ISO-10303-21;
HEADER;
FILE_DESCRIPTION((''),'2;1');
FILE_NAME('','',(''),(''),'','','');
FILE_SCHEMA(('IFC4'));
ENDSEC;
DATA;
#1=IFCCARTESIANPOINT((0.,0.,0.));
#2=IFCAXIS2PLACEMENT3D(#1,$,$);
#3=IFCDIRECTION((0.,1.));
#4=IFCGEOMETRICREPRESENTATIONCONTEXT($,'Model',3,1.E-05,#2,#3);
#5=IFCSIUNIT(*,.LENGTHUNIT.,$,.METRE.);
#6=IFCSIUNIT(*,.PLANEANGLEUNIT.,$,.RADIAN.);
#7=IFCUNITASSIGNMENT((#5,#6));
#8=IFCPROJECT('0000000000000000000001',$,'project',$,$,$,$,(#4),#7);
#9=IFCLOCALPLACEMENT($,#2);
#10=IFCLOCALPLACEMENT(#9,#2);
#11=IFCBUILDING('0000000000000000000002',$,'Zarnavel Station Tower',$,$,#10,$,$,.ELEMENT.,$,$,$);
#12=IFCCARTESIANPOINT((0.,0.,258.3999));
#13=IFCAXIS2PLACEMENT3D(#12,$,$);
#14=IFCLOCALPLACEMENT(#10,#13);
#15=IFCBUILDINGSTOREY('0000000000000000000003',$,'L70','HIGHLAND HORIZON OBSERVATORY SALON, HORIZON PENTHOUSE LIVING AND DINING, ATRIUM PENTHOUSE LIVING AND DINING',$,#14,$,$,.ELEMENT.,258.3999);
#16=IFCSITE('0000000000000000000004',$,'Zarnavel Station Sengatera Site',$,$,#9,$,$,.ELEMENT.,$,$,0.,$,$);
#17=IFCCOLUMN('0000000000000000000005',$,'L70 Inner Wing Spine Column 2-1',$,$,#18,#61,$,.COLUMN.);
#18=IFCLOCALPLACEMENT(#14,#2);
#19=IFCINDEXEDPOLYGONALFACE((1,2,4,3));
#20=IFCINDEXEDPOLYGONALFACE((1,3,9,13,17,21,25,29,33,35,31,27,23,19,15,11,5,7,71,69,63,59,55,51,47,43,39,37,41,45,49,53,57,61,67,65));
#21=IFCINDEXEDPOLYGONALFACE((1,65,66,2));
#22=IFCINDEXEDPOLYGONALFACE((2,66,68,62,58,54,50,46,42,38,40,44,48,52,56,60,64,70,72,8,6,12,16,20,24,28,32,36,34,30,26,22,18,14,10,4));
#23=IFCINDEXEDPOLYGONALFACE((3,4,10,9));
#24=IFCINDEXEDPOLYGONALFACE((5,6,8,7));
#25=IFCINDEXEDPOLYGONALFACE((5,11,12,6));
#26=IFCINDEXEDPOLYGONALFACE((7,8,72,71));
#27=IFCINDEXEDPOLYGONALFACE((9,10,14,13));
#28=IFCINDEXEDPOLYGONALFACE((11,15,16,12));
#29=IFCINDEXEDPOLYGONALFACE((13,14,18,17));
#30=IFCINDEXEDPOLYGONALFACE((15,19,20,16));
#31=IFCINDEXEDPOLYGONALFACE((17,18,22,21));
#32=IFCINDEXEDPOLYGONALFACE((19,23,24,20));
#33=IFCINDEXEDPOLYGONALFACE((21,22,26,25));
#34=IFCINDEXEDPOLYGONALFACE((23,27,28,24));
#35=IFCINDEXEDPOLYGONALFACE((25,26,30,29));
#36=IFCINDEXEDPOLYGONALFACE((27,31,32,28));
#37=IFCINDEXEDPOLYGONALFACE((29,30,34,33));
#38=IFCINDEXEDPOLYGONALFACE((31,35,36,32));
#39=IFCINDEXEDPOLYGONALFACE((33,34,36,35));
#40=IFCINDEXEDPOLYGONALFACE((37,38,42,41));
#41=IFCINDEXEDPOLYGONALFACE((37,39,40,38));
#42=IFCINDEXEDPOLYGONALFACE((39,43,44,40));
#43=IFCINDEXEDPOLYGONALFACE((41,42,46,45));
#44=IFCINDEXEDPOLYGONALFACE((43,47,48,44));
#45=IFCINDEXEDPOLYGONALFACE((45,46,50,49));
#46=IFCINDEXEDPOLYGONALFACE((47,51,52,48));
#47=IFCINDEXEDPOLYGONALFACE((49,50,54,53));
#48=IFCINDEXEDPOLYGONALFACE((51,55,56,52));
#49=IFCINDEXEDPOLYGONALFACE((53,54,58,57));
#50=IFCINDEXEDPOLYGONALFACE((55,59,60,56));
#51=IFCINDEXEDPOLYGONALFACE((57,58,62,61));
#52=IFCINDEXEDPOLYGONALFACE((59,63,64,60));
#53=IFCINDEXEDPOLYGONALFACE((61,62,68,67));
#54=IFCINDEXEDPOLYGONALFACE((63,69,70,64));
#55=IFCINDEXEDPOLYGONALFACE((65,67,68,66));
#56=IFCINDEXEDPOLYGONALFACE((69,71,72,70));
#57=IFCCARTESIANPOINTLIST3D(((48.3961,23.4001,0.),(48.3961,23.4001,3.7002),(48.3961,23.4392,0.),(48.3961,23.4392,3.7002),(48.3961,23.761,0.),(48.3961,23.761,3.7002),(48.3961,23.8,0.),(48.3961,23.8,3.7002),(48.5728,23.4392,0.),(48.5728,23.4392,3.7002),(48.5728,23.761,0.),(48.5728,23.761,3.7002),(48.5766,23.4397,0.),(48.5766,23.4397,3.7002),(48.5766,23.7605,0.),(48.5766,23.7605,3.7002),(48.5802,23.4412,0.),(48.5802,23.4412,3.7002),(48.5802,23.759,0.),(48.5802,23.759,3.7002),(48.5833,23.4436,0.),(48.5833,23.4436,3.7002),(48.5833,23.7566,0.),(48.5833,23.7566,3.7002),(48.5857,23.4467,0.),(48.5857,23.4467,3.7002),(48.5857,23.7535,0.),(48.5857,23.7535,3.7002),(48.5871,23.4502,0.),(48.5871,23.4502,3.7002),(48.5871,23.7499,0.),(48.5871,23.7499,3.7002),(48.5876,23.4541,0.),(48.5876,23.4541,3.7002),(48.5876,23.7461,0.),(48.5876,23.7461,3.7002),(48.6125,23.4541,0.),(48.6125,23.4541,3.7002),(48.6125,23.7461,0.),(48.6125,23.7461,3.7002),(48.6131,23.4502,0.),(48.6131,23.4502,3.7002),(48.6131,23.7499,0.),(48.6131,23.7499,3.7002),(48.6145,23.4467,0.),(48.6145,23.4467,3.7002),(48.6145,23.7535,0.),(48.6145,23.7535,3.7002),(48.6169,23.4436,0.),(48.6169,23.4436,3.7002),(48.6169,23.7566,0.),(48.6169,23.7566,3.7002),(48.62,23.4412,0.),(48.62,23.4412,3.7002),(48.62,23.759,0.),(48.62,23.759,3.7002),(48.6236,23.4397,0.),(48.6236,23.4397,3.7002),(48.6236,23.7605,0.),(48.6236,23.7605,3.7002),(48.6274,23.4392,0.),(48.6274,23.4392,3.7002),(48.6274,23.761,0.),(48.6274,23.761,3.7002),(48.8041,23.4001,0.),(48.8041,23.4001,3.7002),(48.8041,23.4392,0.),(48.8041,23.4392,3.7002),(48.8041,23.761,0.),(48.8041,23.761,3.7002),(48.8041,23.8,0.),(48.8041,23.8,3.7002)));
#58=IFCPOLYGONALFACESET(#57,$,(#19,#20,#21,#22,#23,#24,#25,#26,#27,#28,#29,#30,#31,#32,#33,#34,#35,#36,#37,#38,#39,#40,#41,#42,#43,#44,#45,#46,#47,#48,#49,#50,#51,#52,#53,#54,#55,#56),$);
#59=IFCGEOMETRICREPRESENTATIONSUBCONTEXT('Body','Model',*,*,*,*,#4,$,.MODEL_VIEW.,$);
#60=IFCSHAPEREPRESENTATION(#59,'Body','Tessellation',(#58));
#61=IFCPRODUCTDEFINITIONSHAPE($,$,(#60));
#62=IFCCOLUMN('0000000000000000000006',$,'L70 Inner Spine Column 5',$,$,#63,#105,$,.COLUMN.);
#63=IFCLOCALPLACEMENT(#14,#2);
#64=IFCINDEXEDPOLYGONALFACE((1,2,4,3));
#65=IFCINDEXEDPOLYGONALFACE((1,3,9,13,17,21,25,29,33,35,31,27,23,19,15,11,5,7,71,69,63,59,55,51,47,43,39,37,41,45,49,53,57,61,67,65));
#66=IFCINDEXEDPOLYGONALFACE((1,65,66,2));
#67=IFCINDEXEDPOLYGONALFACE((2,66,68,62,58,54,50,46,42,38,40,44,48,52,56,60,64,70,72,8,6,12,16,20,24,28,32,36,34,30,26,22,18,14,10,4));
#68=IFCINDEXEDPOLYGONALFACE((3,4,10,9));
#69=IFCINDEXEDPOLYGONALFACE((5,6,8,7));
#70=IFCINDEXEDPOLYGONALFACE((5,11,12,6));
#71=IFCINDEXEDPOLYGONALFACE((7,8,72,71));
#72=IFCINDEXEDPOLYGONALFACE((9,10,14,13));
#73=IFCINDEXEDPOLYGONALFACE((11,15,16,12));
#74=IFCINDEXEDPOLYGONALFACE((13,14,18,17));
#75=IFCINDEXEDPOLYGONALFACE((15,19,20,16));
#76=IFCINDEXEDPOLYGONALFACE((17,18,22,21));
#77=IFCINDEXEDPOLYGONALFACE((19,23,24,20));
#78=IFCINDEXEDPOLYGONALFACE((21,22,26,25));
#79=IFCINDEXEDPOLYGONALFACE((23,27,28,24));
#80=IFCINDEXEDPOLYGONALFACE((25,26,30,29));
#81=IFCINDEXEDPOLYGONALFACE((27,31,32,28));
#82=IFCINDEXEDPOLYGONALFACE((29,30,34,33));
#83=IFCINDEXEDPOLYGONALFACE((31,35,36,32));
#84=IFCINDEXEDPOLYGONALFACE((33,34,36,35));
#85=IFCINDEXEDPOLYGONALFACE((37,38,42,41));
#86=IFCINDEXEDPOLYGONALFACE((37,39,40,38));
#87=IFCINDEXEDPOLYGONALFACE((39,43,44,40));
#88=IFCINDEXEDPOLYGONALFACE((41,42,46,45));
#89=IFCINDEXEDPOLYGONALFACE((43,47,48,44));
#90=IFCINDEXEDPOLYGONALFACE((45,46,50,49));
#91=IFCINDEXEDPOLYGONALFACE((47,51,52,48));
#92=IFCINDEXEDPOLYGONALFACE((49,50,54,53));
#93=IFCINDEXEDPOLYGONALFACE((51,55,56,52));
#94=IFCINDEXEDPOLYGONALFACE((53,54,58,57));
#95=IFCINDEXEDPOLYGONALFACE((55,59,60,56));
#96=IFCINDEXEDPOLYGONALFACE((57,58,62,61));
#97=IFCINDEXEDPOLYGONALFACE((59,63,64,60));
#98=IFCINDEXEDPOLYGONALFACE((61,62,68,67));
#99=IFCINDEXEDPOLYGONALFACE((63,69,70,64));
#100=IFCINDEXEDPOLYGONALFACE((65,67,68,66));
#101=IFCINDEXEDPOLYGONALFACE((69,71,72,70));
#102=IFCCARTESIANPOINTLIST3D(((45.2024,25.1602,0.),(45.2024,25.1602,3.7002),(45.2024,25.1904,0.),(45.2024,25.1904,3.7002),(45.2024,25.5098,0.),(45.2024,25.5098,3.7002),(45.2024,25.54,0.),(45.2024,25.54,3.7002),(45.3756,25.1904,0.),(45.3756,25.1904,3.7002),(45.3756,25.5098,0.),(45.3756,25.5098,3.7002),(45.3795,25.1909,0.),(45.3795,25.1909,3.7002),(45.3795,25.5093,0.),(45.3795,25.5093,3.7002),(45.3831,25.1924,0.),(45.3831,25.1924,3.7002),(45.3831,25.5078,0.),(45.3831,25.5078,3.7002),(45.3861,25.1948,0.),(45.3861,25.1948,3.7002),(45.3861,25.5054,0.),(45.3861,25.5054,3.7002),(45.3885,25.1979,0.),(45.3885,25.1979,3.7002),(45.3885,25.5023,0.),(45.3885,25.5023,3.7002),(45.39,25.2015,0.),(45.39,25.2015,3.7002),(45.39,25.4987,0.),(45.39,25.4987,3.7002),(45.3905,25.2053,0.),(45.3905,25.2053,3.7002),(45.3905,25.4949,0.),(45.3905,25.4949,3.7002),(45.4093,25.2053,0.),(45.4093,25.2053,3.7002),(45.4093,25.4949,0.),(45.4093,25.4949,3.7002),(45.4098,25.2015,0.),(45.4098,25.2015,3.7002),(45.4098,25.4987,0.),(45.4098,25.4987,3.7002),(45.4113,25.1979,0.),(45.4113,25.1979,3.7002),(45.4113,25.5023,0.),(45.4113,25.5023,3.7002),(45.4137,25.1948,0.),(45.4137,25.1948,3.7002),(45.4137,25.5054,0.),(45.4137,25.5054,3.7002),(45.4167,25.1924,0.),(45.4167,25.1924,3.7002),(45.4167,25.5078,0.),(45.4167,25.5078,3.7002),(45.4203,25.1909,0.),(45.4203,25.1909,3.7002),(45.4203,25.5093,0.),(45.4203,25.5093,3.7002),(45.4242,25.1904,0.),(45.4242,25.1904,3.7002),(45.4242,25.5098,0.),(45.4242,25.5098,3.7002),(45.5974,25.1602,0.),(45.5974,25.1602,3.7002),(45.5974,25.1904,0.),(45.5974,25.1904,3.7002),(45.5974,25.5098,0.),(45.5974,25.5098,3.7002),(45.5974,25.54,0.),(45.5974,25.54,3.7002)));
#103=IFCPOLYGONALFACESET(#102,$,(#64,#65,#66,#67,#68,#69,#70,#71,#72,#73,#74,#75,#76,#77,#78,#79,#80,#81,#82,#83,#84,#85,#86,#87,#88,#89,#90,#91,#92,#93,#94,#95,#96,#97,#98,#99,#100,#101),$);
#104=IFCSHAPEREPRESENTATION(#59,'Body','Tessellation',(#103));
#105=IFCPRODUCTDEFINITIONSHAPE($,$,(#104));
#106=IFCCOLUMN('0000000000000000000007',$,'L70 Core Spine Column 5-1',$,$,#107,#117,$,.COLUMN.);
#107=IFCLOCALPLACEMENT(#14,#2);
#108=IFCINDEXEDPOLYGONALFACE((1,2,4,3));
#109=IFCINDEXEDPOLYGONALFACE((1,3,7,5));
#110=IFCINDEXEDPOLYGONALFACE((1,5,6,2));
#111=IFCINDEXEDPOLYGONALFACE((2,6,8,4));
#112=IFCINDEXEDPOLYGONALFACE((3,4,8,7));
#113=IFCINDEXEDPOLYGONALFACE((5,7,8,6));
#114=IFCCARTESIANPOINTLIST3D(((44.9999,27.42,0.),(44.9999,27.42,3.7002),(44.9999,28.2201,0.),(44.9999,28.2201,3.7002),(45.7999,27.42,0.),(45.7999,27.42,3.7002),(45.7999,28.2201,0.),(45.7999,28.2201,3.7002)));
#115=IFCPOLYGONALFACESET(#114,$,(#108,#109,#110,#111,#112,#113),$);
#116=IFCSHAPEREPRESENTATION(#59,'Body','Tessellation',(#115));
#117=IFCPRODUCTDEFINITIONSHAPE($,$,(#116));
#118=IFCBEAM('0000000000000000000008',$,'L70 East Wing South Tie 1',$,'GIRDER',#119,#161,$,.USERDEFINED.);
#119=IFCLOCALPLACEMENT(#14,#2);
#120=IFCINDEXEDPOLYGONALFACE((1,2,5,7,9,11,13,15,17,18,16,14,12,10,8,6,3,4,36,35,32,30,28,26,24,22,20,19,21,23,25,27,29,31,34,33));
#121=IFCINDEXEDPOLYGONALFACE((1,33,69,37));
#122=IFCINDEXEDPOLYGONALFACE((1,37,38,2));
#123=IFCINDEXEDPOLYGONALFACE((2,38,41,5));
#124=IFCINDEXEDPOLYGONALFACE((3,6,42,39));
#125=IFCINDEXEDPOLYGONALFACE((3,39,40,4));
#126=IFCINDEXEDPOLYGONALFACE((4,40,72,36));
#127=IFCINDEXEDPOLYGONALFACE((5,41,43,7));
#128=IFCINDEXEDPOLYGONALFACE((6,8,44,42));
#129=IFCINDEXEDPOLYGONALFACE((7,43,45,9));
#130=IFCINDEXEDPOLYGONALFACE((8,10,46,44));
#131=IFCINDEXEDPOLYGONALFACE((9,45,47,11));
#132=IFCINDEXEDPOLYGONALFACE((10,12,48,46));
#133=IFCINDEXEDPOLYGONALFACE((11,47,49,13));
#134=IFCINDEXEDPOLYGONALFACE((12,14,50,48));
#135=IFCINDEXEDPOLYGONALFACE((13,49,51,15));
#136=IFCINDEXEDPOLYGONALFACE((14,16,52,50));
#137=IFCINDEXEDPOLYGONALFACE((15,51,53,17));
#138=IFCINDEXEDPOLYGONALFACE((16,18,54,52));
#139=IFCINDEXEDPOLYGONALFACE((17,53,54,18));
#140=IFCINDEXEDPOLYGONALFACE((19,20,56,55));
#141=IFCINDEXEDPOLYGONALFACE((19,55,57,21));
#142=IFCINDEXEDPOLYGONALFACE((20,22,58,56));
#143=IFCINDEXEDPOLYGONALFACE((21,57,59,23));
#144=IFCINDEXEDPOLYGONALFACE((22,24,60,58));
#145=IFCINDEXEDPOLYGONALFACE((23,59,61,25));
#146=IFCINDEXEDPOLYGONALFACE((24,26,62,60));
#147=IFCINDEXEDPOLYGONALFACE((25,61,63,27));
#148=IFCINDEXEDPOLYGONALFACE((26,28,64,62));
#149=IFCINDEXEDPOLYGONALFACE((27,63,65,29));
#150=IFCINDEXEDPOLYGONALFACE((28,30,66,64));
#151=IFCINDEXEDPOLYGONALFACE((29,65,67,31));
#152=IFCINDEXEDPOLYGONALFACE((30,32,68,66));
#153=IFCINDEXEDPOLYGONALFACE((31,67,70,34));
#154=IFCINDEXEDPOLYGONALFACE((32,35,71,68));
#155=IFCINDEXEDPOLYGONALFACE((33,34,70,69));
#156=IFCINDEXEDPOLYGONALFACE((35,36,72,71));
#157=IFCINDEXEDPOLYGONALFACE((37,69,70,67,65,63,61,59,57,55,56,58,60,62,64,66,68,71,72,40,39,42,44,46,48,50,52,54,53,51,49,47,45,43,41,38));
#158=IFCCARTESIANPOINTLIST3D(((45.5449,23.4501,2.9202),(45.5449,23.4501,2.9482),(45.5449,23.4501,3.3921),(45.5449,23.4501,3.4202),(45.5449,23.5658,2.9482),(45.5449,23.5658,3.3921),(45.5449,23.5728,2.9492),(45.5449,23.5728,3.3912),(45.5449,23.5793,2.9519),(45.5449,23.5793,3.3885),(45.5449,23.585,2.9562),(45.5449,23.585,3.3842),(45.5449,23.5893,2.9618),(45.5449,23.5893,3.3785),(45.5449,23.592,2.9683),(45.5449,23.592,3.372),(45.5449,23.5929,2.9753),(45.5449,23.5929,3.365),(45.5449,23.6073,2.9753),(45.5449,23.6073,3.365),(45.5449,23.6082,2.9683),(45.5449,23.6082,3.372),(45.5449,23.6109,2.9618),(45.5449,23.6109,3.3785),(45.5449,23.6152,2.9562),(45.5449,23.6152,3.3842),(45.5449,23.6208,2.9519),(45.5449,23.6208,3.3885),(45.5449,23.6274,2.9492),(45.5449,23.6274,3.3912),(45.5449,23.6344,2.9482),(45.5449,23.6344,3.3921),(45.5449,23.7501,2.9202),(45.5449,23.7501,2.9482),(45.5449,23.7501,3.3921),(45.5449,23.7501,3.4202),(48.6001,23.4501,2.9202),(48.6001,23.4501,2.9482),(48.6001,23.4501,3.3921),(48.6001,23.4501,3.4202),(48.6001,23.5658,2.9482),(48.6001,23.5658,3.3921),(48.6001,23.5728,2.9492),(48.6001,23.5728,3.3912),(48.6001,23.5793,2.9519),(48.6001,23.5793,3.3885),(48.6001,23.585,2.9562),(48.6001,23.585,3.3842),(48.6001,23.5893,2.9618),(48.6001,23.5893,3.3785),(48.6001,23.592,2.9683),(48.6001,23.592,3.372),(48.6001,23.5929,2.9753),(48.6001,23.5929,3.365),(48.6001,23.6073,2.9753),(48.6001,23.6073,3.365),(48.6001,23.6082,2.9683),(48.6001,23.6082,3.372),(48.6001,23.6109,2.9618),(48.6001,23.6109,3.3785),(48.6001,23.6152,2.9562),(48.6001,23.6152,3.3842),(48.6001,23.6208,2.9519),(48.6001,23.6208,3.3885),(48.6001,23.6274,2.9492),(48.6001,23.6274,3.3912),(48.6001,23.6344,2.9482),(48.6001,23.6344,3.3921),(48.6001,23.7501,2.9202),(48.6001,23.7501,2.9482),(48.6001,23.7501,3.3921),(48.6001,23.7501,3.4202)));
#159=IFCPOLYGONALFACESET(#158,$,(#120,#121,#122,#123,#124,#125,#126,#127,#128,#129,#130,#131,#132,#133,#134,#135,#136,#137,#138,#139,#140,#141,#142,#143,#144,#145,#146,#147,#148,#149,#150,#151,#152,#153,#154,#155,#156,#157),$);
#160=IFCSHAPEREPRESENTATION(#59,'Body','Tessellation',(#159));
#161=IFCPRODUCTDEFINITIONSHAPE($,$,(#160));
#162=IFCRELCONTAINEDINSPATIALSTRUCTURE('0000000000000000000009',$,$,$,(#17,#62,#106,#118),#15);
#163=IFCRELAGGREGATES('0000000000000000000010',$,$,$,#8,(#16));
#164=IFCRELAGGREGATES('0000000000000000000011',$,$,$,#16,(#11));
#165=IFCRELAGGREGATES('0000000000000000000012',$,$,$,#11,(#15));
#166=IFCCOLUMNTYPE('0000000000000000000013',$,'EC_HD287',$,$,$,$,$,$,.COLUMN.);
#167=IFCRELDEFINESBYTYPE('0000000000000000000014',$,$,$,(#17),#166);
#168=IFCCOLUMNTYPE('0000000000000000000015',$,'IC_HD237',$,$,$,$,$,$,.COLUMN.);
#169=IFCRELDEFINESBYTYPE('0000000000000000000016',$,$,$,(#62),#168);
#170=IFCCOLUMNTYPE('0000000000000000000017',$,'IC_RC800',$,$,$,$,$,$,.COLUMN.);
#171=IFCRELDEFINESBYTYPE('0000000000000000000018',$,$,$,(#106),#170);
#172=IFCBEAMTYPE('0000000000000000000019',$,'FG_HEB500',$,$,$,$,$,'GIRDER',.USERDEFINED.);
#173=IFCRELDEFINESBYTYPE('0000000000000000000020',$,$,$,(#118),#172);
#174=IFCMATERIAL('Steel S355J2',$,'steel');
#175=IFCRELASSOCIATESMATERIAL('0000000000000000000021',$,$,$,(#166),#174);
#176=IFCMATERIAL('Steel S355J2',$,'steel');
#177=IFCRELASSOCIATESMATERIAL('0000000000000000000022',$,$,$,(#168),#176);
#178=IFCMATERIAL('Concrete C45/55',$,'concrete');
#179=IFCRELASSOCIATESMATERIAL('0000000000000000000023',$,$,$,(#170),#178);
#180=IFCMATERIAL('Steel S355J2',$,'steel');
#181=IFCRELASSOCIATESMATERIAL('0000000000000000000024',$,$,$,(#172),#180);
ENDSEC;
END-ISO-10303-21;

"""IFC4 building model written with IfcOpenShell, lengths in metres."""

from ifc_helpers import new_model, si_unit, direction, frame, origin, origin_2d, place, context, subcontext, project, spatial, rectangle, i_section, extrude, material, material_profile, profile_set, type_object, element, save


model = new_model("IFC4")

# Units and contexts
model_context = context("Model", 3, precision=1e-05, world=origin(), true_north=direction((0.0, 1.0)))
body_context = subcontext(model_context, "Body", "Model", "MODEL_VIEW")
ifc_project = project(units=[si_unit("LENGTHUNIT", "METRE"), si_unit("PLANEANGLEUNIT", "RADIAN")], contexts=[model_context])

# Site, building, storey
site_placement = place(None, origin())
site = spatial("IfcSite", under=ifc_project, at=site_placement, Name="Zarnavel Station Sengatera Site", CompositionType="ELEMENT", RefElevation=0.0)
building_placement = place(site_placement, origin())
building = spatial("IfcBuilding", under=site, at=building_placement, Name="Zarnavel Station Tower", CompositionType="ELEMENT")
storey_placement = place(building_placement, frame((0.0, 0.0, 258.3999)))
storey = spatial("IfcBuildingStorey", under=building, at=storey_placement, Name="L70", Description="HIGHLAND HORIZON OBSERVATORY SALON, HORIZON PENTHOUSE LIVING AND DINING, ATRIUM PENTHOUSE LIVING AND DINING", CompositionType="ELEMENT", Elevation=258.3999)

# Columns
ifc_material_1 = material(Name="Steel S355J2", Category="steel")
ifc_material_profile_1 = material_profile(ifc_material_1, i_section(OverallWidth=0.408, OverallDepth=0.3999, WebThickness=0.0249, FlangeThickness=0.0391, FilletRadius=0.0149, at=origin_2d()), Name="HD400x287")
ifc_profile_set_1 = profile_set([ifc_material_profile_1], Name="Steel S355J2")
column_type_1 = type_object("IfcColumnType", Name="EC_HD287", PredefinedType="COLUMN", material=ifc_profile_set_1)
column_1_placement = place(storey_placement, frame((48.6001, 23.6001, 0.0), z_axis=(0.0, 0.0, 1.0), x_axis=(1.0, 0.0, 0.0)))
element("IfcColumn", 1, at=column_1_placement, inside=storey, type_object=column_type_1, Name="L70 Inner Wing Spine Column 2-1", PredefinedType="COLUMN", context=body_context, shape_type="SweptSolid", body=[
    extrude(i_section(OverallWidth=0.408, OverallDepth=0.3999, WebThickness=0.0249, FlangeThickness=0.0391, FilletRadius=0.0149, at=origin_2d()), origin(), (0.0, 0.0, 1.0), 3.7002),
])
ifc_material_2 = material(Name="Steel S355J2", Category="steel")
ifc_material_profile_2 = material_profile(ifc_material_2, i_section(OverallWidth=0.395, OverallDepth=0.3799, WebThickness=0.0188, FlangeThickness=0.0303, FilletRadius=0.0149, at=origin_2d()), Name="HD400x237")
ifc_profile_set_2 = profile_set([ifc_material_profile_2], Name="Steel S355J2")
column_type_2 = type_object("IfcColumnType", Name="IC_HD237", PredefinedType="COLUMN", material=ifc_profile_set_2)
column_2_placement = place(storey_placement, frame((45.3999, 25.3501, 0.0), z_axis=(0.0, 0.0, 1.0), x_axis=(1.0, 0.0, 0.0)))
element("IfcColumn", 2, at=column_2_placement, inside=storey, type_object=column_type_2, Name="L70 Inner Spine Column 5", PredefinedType="COLUMN", context=body_context, shape_type="SweptSolid", body=[
    extrude(i_section(OverallWidth=0.395, OverallDepth=0.3799, WebThickness=0.0188, FlangeThickness=0.0303, FilletRadius=0.0149, at=origin_2d()), origin(), (0.0, 0.0, 1.0), 3.7002),
])
ifc_material_3 = material(Name="Concrete C45/55", Category="concrete")
ifc_material_profile_3 = material_profile(ifc_material_3, rectangle(XDim=0.8, YDim=0.8, at=origin_2d()), Name="RC800x800")
ifc_profile_set_3 = profile_set([ifc_material_profile_3], Name="Concrete C45/55")
column_type_3 = type_object("IfcColumnType", Name="IC_RC800", PredefinedType="COLUMN", material=ifc_profile_set_3)
column_3_placement = place(storey_placement, frame((45.3999, 27.8201, 0.0), z_axis=(0.0, 0.0, 1.0), x_axis=(1.0, 0.0, 0.0)))
element("IfcColumn", 3, at=column_3_placement, inside=storey, type_object=column_type_3, Name="L70 Core Spine Column 5-1", PredefinedType="COLUMN", context=body_context, shape_type="SweptSolid", body=[
    extrude(rectangle(XDim=0.8, YDim=0.8, at=origin_2d()), origin(), (0.0, 0.0, 1.0), 3.7002),
])

# Beam
ifc_material_4 = material(Name="Steel S355J2", Category="steel")
ifc_material_profile_4 = material_profile(ifc_material_4, i_section(OverallWidth=0.3, OverallDepth=0.5, WebThickness=0.0144, FlangeThickness=0.0281, FilletRadius=0.0271, at=origin_2d()), Name="HEB500")
ifc_profile_set_4 = profile_set([ifc_material_profile_4], Name="Steel S355J2")
beam_type_1 = type_object("IfcBeamType", Name="FG_HEB500", ElementType="GIRDER", PredefinedType="USERDEFINED", material=ifc_profile_set_4)
beam_1_placement = place(storey_placement, frame((45.5449, 23.6001, 3.1702), z_axis=(1.0, 0.0, 0.0), x_axis=(0.0, 1.0, 0.0)))
element("IfcBeam", 4, at=beam_1_placement, inside=storey, type_object=beam_type_1, Name="L70 East Wing South Tie 1", ObjectType="GIRDER", PredefinedType="USERDEFINED", context=body_context, shape_type="SweptSolid", body=[
    extrude(i_section(OverallWidth=0.3, OverallDepth=0.5, WebThickness=0.0144, FlangeThickness=0.0281, FilletRadius=0.0271, at=origin_2d()), origin(), (0.0, 0.0, 1.0), 3.0552),
])

save(model, "model.ifc")
